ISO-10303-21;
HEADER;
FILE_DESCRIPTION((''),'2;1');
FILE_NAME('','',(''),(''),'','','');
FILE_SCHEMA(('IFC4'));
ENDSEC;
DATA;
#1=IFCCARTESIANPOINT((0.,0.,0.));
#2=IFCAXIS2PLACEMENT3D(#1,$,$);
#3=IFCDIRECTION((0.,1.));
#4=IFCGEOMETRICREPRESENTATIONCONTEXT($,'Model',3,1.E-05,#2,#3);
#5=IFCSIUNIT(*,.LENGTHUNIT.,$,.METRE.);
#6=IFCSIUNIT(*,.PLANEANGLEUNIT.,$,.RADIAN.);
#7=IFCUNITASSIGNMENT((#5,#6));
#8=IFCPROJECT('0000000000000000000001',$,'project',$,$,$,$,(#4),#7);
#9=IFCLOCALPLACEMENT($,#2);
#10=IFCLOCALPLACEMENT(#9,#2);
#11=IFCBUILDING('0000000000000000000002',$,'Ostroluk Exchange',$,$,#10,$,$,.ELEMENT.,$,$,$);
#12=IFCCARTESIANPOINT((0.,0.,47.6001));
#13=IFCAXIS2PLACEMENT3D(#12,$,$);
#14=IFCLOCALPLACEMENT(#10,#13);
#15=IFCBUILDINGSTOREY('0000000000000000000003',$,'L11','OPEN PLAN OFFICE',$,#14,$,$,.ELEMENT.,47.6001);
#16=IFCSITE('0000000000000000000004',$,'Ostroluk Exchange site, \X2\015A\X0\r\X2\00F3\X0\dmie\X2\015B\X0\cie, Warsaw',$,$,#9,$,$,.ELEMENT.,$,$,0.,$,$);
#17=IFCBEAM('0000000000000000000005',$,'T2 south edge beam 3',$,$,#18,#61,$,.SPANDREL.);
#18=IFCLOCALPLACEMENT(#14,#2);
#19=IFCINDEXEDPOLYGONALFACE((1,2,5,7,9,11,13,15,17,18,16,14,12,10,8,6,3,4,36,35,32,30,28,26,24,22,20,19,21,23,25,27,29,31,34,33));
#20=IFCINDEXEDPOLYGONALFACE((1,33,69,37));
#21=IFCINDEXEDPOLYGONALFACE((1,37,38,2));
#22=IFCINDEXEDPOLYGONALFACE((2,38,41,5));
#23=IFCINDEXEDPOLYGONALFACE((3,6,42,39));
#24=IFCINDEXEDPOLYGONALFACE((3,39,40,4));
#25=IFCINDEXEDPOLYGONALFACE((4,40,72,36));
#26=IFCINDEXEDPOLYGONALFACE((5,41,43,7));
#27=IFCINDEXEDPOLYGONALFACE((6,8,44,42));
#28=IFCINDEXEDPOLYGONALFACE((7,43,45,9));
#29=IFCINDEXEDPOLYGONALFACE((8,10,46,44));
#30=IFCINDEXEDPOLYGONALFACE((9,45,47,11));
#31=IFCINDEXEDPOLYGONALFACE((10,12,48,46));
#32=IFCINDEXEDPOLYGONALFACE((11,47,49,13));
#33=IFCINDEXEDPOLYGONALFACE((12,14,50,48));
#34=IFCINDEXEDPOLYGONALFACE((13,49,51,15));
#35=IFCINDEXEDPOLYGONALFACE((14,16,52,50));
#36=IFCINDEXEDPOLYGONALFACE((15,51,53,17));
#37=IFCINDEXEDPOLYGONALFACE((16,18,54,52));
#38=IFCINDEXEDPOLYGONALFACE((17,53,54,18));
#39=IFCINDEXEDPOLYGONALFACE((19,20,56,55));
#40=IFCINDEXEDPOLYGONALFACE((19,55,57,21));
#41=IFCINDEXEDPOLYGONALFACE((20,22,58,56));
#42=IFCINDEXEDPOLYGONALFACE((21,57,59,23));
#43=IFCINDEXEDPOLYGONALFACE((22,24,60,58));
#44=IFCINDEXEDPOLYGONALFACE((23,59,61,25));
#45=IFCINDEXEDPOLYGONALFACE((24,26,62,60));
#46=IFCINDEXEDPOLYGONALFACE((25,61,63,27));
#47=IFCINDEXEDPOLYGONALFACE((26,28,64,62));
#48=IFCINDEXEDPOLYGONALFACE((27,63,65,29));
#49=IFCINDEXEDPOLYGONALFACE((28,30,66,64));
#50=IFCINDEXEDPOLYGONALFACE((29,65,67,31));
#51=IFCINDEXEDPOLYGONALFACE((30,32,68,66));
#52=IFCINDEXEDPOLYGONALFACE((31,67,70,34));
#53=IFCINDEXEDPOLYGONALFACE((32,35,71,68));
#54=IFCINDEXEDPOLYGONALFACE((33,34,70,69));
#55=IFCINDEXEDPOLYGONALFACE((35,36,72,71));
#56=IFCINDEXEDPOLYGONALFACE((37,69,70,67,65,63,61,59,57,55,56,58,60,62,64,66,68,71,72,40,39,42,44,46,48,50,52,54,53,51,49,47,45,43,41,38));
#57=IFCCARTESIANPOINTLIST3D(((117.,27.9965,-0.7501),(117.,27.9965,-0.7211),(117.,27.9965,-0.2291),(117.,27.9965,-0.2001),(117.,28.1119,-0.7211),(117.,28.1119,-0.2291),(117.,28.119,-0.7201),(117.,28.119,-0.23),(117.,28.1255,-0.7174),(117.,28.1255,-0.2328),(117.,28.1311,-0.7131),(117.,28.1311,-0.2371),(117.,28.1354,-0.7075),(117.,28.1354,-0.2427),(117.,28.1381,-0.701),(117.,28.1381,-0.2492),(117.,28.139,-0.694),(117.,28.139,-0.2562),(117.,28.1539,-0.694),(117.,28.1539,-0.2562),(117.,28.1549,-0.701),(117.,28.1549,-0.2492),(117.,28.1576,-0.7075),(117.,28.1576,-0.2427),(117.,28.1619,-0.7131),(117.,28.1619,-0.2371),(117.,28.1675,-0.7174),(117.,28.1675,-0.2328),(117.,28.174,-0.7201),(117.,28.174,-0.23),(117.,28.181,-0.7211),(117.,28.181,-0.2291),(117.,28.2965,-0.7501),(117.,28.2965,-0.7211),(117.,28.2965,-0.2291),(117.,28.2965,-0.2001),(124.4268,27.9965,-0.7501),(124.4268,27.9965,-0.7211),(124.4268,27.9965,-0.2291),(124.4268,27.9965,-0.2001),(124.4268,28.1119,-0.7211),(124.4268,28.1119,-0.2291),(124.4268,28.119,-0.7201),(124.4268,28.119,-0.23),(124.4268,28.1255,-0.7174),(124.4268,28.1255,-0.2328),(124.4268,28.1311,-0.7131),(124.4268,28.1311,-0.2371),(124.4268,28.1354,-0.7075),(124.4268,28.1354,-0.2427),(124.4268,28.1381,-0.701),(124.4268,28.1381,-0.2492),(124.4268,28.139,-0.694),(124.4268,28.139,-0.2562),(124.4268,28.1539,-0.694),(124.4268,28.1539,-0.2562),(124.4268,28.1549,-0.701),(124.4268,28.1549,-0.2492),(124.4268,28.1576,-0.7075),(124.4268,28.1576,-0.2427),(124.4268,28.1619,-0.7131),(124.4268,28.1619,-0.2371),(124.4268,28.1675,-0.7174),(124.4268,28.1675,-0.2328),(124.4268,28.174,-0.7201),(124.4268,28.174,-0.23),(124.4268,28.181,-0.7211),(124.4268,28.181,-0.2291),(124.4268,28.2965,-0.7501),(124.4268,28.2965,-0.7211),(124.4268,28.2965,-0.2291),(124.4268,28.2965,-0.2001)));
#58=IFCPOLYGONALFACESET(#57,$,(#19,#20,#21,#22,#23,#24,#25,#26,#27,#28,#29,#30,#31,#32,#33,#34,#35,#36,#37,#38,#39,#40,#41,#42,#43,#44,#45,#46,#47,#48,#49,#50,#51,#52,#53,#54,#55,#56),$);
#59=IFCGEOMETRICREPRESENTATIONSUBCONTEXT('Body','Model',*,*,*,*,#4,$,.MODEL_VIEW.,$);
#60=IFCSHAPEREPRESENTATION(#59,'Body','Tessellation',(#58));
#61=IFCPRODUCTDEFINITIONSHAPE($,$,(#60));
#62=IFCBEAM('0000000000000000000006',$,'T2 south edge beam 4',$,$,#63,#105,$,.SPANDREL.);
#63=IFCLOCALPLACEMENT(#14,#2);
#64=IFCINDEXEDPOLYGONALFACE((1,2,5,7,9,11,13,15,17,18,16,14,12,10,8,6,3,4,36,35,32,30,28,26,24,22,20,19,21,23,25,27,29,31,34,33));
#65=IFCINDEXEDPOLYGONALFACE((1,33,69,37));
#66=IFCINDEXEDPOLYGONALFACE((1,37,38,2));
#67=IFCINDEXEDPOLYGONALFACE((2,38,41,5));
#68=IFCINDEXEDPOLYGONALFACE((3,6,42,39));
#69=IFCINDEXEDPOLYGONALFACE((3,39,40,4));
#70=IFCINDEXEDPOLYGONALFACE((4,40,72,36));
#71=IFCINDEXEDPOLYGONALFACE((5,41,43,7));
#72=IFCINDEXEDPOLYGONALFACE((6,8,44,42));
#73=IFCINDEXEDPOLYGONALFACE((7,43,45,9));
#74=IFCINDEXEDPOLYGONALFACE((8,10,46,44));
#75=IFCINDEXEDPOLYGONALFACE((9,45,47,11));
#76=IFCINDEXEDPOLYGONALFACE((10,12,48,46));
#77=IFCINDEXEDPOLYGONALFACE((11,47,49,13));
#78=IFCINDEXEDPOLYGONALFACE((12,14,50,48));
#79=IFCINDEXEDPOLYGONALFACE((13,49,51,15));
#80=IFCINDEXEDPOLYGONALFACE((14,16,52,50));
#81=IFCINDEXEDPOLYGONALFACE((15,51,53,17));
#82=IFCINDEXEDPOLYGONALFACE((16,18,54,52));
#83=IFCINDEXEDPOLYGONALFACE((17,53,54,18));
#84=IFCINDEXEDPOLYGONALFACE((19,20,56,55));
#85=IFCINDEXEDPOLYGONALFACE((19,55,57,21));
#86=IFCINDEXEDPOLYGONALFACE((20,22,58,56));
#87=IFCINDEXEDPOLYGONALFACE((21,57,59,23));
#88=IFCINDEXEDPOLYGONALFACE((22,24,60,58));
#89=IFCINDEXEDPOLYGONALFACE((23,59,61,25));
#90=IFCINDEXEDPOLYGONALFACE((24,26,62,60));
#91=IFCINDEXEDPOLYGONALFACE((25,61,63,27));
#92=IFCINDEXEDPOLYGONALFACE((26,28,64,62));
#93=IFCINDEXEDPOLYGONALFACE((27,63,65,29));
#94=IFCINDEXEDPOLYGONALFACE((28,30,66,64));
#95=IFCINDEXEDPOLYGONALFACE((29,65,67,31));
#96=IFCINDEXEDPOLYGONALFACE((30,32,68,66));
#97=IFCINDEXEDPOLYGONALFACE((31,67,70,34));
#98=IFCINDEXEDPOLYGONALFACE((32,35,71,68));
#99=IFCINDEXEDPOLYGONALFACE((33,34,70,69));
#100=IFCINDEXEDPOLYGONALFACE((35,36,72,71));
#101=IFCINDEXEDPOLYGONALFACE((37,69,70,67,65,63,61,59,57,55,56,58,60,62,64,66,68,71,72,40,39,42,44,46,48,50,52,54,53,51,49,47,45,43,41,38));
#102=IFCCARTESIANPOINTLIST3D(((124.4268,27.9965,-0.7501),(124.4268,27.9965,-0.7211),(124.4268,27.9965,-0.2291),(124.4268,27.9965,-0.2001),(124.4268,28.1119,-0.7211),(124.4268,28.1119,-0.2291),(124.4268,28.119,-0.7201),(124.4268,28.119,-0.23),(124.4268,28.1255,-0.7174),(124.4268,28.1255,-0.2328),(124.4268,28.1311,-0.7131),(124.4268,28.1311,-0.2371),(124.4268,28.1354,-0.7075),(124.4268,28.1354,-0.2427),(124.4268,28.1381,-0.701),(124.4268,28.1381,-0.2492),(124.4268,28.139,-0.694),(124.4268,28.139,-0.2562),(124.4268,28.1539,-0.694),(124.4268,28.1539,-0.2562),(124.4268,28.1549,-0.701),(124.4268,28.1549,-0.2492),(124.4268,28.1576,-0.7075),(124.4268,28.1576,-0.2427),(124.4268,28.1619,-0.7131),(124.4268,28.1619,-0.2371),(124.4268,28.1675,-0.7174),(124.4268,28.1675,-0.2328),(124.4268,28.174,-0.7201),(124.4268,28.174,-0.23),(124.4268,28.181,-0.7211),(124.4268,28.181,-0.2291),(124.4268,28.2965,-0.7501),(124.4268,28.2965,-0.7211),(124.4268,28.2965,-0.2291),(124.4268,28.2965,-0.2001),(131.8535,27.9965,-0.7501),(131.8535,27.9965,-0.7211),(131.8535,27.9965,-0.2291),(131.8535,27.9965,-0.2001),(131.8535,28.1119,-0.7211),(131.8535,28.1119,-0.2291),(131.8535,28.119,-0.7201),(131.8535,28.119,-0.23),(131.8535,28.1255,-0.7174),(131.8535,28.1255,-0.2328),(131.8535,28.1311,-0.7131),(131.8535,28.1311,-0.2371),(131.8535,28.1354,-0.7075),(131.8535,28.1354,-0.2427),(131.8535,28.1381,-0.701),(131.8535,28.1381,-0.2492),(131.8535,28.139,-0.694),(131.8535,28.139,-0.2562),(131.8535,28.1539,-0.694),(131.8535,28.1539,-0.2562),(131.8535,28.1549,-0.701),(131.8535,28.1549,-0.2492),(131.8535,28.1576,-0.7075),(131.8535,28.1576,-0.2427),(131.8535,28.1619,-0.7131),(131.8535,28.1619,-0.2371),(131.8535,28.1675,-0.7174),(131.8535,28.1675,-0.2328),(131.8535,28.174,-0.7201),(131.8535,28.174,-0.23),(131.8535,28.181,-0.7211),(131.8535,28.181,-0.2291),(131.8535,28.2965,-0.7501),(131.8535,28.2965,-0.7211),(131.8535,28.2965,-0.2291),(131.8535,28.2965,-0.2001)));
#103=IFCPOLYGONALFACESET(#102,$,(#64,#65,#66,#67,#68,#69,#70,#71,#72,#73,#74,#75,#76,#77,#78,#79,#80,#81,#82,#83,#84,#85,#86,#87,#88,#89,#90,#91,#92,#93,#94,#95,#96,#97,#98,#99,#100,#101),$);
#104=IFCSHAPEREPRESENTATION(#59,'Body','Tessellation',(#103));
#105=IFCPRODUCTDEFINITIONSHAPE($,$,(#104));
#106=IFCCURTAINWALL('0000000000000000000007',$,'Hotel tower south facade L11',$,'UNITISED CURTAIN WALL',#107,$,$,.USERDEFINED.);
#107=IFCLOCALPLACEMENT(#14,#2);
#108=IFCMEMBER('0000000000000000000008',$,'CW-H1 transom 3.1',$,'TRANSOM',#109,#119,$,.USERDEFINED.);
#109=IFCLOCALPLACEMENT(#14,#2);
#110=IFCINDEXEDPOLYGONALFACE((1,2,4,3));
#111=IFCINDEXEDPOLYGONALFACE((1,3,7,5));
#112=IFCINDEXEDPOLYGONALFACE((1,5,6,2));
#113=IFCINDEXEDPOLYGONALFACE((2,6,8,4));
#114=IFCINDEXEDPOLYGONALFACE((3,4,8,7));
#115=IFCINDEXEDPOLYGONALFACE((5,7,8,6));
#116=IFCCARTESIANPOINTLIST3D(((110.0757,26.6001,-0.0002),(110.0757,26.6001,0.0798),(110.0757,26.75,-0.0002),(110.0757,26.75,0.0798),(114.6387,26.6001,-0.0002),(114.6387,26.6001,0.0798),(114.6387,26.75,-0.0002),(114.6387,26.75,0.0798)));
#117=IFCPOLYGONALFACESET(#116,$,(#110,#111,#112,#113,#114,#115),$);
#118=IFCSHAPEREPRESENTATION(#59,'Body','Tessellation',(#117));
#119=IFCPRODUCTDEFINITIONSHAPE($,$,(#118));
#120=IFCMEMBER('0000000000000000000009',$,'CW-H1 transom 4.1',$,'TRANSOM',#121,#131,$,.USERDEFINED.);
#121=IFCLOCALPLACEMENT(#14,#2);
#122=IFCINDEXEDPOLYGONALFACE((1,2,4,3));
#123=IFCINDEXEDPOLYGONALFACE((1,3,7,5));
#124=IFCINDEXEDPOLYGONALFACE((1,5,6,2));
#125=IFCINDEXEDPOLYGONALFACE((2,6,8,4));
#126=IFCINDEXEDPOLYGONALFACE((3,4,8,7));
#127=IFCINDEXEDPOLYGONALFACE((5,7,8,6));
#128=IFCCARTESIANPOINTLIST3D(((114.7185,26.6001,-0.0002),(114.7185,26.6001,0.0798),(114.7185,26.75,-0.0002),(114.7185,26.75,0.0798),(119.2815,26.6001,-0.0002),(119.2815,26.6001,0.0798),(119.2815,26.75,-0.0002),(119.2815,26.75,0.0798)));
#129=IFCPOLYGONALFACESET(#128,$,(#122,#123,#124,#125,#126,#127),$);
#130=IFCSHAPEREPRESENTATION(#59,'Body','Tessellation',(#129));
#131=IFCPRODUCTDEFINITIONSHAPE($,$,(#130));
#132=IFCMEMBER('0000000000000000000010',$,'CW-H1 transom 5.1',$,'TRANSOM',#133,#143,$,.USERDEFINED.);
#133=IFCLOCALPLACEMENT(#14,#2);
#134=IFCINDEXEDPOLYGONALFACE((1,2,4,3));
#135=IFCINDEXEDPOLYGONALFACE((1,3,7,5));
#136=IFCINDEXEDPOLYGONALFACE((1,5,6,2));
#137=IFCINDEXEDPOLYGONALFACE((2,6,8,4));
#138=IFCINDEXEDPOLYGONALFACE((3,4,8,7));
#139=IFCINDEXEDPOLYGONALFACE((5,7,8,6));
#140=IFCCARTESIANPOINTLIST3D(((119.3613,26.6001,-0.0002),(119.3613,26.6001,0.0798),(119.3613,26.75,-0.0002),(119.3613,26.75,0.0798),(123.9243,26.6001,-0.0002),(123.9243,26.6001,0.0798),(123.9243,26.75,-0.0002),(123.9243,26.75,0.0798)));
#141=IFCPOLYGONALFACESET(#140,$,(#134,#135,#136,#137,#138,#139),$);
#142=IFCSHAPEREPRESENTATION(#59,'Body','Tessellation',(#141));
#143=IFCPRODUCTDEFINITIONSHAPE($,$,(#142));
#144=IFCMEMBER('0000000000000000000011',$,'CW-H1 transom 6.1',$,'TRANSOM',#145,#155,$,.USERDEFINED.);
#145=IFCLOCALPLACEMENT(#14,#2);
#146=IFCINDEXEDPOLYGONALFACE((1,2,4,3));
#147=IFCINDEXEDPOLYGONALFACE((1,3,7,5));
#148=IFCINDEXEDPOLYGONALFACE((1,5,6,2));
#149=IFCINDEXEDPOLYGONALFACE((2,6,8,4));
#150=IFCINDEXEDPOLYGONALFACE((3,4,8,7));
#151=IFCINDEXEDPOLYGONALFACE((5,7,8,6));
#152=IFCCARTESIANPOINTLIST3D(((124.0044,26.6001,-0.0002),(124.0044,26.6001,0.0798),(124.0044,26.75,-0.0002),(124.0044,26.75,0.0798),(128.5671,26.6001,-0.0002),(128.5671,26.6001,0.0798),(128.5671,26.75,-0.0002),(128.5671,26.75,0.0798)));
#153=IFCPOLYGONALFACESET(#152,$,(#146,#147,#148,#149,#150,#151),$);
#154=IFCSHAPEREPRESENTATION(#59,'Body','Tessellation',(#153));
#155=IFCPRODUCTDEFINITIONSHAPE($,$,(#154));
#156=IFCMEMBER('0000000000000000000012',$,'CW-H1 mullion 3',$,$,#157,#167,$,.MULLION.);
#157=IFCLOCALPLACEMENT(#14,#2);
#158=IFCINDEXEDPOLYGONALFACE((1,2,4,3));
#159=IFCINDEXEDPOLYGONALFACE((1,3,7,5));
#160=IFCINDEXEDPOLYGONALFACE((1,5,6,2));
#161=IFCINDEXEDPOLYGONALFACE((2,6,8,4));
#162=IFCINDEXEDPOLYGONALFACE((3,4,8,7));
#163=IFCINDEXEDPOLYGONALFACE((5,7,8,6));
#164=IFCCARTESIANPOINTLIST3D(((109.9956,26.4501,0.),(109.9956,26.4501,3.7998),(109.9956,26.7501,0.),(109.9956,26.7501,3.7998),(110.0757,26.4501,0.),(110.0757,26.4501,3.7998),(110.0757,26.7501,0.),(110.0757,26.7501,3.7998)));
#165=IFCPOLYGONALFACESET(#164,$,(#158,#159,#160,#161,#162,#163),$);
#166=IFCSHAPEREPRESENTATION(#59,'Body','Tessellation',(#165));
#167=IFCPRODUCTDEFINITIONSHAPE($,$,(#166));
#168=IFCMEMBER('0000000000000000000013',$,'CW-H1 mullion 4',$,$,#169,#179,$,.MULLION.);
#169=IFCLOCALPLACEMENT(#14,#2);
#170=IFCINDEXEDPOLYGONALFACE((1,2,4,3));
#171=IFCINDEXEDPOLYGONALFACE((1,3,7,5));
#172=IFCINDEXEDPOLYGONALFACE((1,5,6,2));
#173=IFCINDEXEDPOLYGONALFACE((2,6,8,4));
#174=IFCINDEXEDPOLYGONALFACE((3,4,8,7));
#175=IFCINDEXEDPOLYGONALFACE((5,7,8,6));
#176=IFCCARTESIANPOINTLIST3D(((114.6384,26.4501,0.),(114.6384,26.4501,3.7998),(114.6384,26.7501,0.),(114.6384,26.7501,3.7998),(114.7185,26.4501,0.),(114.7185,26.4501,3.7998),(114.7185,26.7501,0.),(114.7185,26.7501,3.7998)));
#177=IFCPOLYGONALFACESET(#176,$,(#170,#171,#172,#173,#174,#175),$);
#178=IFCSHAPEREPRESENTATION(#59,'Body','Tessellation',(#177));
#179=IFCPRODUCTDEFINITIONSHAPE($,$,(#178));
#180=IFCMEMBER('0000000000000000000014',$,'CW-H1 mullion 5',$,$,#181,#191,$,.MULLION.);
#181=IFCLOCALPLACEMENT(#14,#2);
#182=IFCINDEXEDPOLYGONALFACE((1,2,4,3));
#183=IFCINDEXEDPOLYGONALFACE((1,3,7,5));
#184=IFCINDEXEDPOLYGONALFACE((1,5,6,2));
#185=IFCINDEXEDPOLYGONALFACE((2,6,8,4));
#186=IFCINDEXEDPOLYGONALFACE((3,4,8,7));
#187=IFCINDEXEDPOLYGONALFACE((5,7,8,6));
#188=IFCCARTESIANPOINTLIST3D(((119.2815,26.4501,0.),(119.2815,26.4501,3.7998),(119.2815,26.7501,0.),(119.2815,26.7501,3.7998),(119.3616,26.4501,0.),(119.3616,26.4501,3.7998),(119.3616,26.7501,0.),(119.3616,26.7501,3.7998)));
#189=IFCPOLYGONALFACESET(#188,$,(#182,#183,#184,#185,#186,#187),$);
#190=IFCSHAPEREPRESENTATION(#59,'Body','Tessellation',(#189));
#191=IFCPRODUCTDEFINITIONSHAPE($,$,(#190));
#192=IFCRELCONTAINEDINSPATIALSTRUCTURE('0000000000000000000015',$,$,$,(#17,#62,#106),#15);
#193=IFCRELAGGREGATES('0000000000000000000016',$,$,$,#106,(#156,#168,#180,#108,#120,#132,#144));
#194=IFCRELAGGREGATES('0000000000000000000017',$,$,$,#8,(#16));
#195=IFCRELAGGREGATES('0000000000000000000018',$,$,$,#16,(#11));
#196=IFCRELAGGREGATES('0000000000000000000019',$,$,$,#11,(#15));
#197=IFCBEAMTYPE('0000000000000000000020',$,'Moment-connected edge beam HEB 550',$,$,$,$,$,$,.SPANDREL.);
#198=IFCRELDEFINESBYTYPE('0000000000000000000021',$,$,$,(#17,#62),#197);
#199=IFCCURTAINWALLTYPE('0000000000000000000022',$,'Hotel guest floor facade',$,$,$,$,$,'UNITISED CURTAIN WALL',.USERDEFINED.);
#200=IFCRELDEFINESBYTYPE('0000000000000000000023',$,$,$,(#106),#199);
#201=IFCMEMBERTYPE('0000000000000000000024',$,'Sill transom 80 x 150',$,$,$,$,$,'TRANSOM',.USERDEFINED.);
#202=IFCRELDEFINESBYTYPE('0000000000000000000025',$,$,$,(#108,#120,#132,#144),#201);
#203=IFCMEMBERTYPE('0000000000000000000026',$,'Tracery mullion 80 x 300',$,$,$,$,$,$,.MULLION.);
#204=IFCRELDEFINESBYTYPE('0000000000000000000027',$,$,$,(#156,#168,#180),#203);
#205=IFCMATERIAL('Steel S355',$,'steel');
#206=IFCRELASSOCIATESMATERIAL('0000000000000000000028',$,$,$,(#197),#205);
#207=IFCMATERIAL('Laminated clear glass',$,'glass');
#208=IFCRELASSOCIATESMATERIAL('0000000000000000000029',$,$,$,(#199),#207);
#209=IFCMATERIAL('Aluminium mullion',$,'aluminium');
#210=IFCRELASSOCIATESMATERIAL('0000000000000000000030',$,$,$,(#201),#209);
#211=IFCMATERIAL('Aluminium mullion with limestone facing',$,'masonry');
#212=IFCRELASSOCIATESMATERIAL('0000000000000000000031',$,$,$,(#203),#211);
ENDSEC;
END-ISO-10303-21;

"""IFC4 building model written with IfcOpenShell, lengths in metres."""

from ifc_helpers import new_model, si_unit, direction, frame, origin, origin_2d, place, context, subcontext, project, spatial, rectangle, i_section, extrude, material, material_profile, profile_set, type_object, element, aggregate, save


model = new_model("IFC4")

# Units and contexts
model_context = context("Model", 3, precision=1e-05, world=origin(), true_north=direction((0.0, 1.0)))
body_context = subcontext(model_context, "Body", "Model", "MODEL_VIEW")
ifc_project = project(units=[si_unit("LENGTHUNIT", "METRE"), si_unit("PLANEANGLEUNIT", "RADIAN")], contexts=[model_context])

# Site, building, storey
site_placement = place(None, origin())
site = spatial("IfcSite", under=ifc_project, at=site_placement, Name="Ostroluk Exchange site, Śródmieście, Warsaw", CompositionType="ELEMENT", RefElevation=0.0)
building_placement = place(site_placement, origin())
building = spatial("IfcBuilding", under=site, at=building_placement, Name="Ostroluk Exchange", CompositionType="ELEMENT")
storey_placement = place(building_placement, frame((0.0, 0.0, 47.6001)))
storey = spatial("IfcBuildingStorey", under=building, at=storey_placement, Name="L11", Description="OPEN PLAN OFFICE", CompositionType="ELEMENT", Elevation=47.6001)

# Beams
ifc_material_1 = material(Name="Steel S355", Category="steel")
ifc_material_profile_1 = material_profile(ifc_material_1, i_section(OverallWidth=0.3, OverallDepth=0.55, WebThickness=0.0149, FlangeThickness=0.0291, FilletRadius=0.0271, at=origin_2d()), Name="HEB 550")
ifc_profile_set_1 = profile_set([ifc_material_profile_1], Name="Steel S355")
beam_type = type_object("IfcBeamType", Name="Moment-connected edge beam HEB 550", PredefinedType="SPANDREL", material=ifc_profile_set_1)
for number, where, z_axis, x_axis, name in (
    (1, (117.0, 28.1465, -0.4751), (1.0, 0.0, 0.0), (0.0, 1.0, 0.0), "T2 south edge beam 3"),
    (2, (124.4268, 28.1465, -0.4751), (1.0, 0.0, 0.0), (0.0, 1.0, 0.0), "T2 south edge beam 4"),
):
    element("IfcBeam", number, at=place(storey_placement, frame(where, z_axis=z_axis, x_axis=x_axis)), inside=storey, type_object=beam_type, Name=name, PredefinedType="SPANDREL", context=body_context, shape_type="SweptSolid", body=[
        extrude(i_section(OverallWidth=0.3, OverallDepth=0.55, WebThickness=0.0149, FlangeThickness=0.0291, FilletRadius=0.0271, at=origin_2d()), origin(), (0.0, 0.0, 1.0), 7.4268),
    ])

# Curtain wall, members
ifc_material_2 = material(Name="Laminated clear glass", Category="glass")
curtain_wall_type = type_object("IfcCurtainWallType", Name="Hotel guest floor facade", ElementType="UNITISED CURTAIN WALL", PredefinedType="USERDEFINED", material=ifc_material_2)
curtain_wall_placement = place(storey_placement, origin())
curtain_wall = element("IfcCurtainWall", 3, at=curtain_wall_placement, inside=storey, type_object=curtain_wall_type, Name="Hotel tower south facade L11", ObjectType="UNITISED CURTAIN WALL", PredefinedType="USERDEFINED")
ifc_material_3 = material(Name="Aluminium mullion", Category="aluminium")
ifc_material_profile_2 = material_profile(ifc_material_3, rectangle(XDim=0.1499, YDim=0.0801, at=origin_2d()), Name="Sill transom 80 x 150")
ifc_profile_set_2 = profile_set([ifc_material_profile_2], Name="Aluminium mullion")
member_type_1 = type_object("IfcMemberType", Name="Sill transom 80 x 150", ElementType="TRANSOM", PredefinedType="USERDEFINED", material=ifc_profile_set_2)
member_1_placement = place(storey_placement, frame((110.0757, 26.675, 0.0398), z_axis=(1.0, 0.0, 0.0), x_axis=(0.0, 1.0, 0.0)))
member_1 = element("IfcMember", 4, at=member_1_placement, type_object=member_type_1, Name="CW-H1 transom 3.1", ObjectType="TRANSOM", PredefinedType="USERDEFINED", context=body_context, shape_type="SweptSolid", body=[
    extrude(rectangle(XDim=0.1499, YDim=0.0801, at=origin_2d()), origin(), (0.0, 0.0, 1.0), 4.563),
])
member_2_placement = place(storey_placement, frame((114.7185, 26.675, 0.0398), z_axis=(1.0, 0.0, 0.0), x_axis=(0.0, 1.0, 0.0)))
member_2 = element("IfcMember", 5, at=member_2_placement, type_object=member_type_1, Name="CW-H1 transom 4.1", ObjectType="TRANSOM", PredefinedType="USERDEFINED", context=body_context, shape_type="SweptSolid", body=[
    extrude(rectangle(XDim=0.1499, YDim=0.0801, at=origin_2d()), origin(), (0.0, 0.0, 1.0), 4.563),
])
member_3_placement = place(storey_placement, frame((119.3613, 26.675, 0.0398), z_axis=(1.0, 0.0, 0.0), x_axis=(0.0, 1.0, 0.0)))
member_3 = element("IfcMember", 6, at=member_3_placement, type_object=member_type_1, Name="CW-H1 transom 5.1", ObjectType="TRANSOM", PredefinedType="USERDEFINED", context=body_context, shape_type="SweptSolid", body=[
    extrude(rectangle(XDim=0.1499, YDim=0.0801, at=origin_2d()), origin(), (0.0, 0.0, 1.0), 4.563),
])
member_4_placement = place(storey_placement, frame((124.0044, 26.675, 0.0398), z_axis=(1.0, 0.0, 0.0), x_axis=(0.0, 1.0, 0.0)))
member_4 = element("IfcMember", 7, at=member_4_placement, type_object=member_type_1, Name="CW-H1 transom 6.1", ObjectType="TRANSOM", PredefinedType="USERDEFINED", context=body_context, shape_type="SweptSolid", body=[
    extrude(rectangle(XDim=0.1499, YDim=0.0801, at=origin_2d()), origin(), (0.0, 0.0, 1.0), 4.5627),
])
ifc_material_4 = material(Name="Aluminium mullion with limestone facing", Category="masonry")
ifc_material_profile_3 = material_profile(ifc_material_4, rectangle(XDim=0.3, YDim=0.0801, at=origin_2d()), Name="Tracery mullion 80 x 300")
ifc_profile_set_3 = profile_set([ifc_material_profile_3], Name="Aluminium mullion with limestone facing")
member_type_2 = type_object("IfcMemberType", Name="Tracery mullion 80 x 300", PredefinedType="MULLION", material=ifc_profile_set_3)
member_5_placement = place(storey_placement, frame((110.0356, 26.6001, 0.0), z_axis=(0.0, 0.0, 1.0), x_axis=(0.0, 1.0, 0.0)))
member_5 = element("IfcMember", 8, at=member_5_placement, type_object=member_type_2, Name="CW-H1 mullion 3", PredefinedType="MULLION", context=body_context, shape_type="SweptSolid", body=[
    extrude(rectangle(XDim=0.3, YDim=0.0801, at=origin_2d()), origin(), (0.0, 0.0, 1.0), 3.7998),
])
member_6_placement = place(storey_placement, frame((114.6785, 26.6001, 0.0), z_axis=(0.0, 0.0, 1.0), x_axis=(0.0, 1.0, 0.0)))
member_6 = element("IfcMember", 9, at=member_6_placement, type_object=member_type_2, Name="CW-H1 mullion 4", PredefinedType="MULLION", context=body_context, shape_type="SweptSolid", body=[
    extrude(rectangle(XDim=0.3, YDim=0.0801, at=origin_2d()), origin(), (0.0, 0.0, 1.0), 3.7998),
])
member_7_placement = place(storey_placement, frame((119.3215, 26.6001, 0.0), z_axis=(0.0, 0.0, 1.0), x_axis=(0.0, 1.0, 0.0)))
member_7 = element("IfcMember", 10, at=member_7_placement, type_object=member_type_2, Name="CW-H1 mullion 5", PredefinedType="MULLION", context=body_context, shape_type="SweptSolid", body=[
    extrude(rectangle(XDim=0.3, YDim=0.0801, at=origin_2d()), origin(), (0.0, 0.0, 1.0), 3.7998),
])
aggregate(curtain_wall, [member_5, member_6, member_7, member_1, member_2, member_3, member_4])

save(model, "model.ifc")
